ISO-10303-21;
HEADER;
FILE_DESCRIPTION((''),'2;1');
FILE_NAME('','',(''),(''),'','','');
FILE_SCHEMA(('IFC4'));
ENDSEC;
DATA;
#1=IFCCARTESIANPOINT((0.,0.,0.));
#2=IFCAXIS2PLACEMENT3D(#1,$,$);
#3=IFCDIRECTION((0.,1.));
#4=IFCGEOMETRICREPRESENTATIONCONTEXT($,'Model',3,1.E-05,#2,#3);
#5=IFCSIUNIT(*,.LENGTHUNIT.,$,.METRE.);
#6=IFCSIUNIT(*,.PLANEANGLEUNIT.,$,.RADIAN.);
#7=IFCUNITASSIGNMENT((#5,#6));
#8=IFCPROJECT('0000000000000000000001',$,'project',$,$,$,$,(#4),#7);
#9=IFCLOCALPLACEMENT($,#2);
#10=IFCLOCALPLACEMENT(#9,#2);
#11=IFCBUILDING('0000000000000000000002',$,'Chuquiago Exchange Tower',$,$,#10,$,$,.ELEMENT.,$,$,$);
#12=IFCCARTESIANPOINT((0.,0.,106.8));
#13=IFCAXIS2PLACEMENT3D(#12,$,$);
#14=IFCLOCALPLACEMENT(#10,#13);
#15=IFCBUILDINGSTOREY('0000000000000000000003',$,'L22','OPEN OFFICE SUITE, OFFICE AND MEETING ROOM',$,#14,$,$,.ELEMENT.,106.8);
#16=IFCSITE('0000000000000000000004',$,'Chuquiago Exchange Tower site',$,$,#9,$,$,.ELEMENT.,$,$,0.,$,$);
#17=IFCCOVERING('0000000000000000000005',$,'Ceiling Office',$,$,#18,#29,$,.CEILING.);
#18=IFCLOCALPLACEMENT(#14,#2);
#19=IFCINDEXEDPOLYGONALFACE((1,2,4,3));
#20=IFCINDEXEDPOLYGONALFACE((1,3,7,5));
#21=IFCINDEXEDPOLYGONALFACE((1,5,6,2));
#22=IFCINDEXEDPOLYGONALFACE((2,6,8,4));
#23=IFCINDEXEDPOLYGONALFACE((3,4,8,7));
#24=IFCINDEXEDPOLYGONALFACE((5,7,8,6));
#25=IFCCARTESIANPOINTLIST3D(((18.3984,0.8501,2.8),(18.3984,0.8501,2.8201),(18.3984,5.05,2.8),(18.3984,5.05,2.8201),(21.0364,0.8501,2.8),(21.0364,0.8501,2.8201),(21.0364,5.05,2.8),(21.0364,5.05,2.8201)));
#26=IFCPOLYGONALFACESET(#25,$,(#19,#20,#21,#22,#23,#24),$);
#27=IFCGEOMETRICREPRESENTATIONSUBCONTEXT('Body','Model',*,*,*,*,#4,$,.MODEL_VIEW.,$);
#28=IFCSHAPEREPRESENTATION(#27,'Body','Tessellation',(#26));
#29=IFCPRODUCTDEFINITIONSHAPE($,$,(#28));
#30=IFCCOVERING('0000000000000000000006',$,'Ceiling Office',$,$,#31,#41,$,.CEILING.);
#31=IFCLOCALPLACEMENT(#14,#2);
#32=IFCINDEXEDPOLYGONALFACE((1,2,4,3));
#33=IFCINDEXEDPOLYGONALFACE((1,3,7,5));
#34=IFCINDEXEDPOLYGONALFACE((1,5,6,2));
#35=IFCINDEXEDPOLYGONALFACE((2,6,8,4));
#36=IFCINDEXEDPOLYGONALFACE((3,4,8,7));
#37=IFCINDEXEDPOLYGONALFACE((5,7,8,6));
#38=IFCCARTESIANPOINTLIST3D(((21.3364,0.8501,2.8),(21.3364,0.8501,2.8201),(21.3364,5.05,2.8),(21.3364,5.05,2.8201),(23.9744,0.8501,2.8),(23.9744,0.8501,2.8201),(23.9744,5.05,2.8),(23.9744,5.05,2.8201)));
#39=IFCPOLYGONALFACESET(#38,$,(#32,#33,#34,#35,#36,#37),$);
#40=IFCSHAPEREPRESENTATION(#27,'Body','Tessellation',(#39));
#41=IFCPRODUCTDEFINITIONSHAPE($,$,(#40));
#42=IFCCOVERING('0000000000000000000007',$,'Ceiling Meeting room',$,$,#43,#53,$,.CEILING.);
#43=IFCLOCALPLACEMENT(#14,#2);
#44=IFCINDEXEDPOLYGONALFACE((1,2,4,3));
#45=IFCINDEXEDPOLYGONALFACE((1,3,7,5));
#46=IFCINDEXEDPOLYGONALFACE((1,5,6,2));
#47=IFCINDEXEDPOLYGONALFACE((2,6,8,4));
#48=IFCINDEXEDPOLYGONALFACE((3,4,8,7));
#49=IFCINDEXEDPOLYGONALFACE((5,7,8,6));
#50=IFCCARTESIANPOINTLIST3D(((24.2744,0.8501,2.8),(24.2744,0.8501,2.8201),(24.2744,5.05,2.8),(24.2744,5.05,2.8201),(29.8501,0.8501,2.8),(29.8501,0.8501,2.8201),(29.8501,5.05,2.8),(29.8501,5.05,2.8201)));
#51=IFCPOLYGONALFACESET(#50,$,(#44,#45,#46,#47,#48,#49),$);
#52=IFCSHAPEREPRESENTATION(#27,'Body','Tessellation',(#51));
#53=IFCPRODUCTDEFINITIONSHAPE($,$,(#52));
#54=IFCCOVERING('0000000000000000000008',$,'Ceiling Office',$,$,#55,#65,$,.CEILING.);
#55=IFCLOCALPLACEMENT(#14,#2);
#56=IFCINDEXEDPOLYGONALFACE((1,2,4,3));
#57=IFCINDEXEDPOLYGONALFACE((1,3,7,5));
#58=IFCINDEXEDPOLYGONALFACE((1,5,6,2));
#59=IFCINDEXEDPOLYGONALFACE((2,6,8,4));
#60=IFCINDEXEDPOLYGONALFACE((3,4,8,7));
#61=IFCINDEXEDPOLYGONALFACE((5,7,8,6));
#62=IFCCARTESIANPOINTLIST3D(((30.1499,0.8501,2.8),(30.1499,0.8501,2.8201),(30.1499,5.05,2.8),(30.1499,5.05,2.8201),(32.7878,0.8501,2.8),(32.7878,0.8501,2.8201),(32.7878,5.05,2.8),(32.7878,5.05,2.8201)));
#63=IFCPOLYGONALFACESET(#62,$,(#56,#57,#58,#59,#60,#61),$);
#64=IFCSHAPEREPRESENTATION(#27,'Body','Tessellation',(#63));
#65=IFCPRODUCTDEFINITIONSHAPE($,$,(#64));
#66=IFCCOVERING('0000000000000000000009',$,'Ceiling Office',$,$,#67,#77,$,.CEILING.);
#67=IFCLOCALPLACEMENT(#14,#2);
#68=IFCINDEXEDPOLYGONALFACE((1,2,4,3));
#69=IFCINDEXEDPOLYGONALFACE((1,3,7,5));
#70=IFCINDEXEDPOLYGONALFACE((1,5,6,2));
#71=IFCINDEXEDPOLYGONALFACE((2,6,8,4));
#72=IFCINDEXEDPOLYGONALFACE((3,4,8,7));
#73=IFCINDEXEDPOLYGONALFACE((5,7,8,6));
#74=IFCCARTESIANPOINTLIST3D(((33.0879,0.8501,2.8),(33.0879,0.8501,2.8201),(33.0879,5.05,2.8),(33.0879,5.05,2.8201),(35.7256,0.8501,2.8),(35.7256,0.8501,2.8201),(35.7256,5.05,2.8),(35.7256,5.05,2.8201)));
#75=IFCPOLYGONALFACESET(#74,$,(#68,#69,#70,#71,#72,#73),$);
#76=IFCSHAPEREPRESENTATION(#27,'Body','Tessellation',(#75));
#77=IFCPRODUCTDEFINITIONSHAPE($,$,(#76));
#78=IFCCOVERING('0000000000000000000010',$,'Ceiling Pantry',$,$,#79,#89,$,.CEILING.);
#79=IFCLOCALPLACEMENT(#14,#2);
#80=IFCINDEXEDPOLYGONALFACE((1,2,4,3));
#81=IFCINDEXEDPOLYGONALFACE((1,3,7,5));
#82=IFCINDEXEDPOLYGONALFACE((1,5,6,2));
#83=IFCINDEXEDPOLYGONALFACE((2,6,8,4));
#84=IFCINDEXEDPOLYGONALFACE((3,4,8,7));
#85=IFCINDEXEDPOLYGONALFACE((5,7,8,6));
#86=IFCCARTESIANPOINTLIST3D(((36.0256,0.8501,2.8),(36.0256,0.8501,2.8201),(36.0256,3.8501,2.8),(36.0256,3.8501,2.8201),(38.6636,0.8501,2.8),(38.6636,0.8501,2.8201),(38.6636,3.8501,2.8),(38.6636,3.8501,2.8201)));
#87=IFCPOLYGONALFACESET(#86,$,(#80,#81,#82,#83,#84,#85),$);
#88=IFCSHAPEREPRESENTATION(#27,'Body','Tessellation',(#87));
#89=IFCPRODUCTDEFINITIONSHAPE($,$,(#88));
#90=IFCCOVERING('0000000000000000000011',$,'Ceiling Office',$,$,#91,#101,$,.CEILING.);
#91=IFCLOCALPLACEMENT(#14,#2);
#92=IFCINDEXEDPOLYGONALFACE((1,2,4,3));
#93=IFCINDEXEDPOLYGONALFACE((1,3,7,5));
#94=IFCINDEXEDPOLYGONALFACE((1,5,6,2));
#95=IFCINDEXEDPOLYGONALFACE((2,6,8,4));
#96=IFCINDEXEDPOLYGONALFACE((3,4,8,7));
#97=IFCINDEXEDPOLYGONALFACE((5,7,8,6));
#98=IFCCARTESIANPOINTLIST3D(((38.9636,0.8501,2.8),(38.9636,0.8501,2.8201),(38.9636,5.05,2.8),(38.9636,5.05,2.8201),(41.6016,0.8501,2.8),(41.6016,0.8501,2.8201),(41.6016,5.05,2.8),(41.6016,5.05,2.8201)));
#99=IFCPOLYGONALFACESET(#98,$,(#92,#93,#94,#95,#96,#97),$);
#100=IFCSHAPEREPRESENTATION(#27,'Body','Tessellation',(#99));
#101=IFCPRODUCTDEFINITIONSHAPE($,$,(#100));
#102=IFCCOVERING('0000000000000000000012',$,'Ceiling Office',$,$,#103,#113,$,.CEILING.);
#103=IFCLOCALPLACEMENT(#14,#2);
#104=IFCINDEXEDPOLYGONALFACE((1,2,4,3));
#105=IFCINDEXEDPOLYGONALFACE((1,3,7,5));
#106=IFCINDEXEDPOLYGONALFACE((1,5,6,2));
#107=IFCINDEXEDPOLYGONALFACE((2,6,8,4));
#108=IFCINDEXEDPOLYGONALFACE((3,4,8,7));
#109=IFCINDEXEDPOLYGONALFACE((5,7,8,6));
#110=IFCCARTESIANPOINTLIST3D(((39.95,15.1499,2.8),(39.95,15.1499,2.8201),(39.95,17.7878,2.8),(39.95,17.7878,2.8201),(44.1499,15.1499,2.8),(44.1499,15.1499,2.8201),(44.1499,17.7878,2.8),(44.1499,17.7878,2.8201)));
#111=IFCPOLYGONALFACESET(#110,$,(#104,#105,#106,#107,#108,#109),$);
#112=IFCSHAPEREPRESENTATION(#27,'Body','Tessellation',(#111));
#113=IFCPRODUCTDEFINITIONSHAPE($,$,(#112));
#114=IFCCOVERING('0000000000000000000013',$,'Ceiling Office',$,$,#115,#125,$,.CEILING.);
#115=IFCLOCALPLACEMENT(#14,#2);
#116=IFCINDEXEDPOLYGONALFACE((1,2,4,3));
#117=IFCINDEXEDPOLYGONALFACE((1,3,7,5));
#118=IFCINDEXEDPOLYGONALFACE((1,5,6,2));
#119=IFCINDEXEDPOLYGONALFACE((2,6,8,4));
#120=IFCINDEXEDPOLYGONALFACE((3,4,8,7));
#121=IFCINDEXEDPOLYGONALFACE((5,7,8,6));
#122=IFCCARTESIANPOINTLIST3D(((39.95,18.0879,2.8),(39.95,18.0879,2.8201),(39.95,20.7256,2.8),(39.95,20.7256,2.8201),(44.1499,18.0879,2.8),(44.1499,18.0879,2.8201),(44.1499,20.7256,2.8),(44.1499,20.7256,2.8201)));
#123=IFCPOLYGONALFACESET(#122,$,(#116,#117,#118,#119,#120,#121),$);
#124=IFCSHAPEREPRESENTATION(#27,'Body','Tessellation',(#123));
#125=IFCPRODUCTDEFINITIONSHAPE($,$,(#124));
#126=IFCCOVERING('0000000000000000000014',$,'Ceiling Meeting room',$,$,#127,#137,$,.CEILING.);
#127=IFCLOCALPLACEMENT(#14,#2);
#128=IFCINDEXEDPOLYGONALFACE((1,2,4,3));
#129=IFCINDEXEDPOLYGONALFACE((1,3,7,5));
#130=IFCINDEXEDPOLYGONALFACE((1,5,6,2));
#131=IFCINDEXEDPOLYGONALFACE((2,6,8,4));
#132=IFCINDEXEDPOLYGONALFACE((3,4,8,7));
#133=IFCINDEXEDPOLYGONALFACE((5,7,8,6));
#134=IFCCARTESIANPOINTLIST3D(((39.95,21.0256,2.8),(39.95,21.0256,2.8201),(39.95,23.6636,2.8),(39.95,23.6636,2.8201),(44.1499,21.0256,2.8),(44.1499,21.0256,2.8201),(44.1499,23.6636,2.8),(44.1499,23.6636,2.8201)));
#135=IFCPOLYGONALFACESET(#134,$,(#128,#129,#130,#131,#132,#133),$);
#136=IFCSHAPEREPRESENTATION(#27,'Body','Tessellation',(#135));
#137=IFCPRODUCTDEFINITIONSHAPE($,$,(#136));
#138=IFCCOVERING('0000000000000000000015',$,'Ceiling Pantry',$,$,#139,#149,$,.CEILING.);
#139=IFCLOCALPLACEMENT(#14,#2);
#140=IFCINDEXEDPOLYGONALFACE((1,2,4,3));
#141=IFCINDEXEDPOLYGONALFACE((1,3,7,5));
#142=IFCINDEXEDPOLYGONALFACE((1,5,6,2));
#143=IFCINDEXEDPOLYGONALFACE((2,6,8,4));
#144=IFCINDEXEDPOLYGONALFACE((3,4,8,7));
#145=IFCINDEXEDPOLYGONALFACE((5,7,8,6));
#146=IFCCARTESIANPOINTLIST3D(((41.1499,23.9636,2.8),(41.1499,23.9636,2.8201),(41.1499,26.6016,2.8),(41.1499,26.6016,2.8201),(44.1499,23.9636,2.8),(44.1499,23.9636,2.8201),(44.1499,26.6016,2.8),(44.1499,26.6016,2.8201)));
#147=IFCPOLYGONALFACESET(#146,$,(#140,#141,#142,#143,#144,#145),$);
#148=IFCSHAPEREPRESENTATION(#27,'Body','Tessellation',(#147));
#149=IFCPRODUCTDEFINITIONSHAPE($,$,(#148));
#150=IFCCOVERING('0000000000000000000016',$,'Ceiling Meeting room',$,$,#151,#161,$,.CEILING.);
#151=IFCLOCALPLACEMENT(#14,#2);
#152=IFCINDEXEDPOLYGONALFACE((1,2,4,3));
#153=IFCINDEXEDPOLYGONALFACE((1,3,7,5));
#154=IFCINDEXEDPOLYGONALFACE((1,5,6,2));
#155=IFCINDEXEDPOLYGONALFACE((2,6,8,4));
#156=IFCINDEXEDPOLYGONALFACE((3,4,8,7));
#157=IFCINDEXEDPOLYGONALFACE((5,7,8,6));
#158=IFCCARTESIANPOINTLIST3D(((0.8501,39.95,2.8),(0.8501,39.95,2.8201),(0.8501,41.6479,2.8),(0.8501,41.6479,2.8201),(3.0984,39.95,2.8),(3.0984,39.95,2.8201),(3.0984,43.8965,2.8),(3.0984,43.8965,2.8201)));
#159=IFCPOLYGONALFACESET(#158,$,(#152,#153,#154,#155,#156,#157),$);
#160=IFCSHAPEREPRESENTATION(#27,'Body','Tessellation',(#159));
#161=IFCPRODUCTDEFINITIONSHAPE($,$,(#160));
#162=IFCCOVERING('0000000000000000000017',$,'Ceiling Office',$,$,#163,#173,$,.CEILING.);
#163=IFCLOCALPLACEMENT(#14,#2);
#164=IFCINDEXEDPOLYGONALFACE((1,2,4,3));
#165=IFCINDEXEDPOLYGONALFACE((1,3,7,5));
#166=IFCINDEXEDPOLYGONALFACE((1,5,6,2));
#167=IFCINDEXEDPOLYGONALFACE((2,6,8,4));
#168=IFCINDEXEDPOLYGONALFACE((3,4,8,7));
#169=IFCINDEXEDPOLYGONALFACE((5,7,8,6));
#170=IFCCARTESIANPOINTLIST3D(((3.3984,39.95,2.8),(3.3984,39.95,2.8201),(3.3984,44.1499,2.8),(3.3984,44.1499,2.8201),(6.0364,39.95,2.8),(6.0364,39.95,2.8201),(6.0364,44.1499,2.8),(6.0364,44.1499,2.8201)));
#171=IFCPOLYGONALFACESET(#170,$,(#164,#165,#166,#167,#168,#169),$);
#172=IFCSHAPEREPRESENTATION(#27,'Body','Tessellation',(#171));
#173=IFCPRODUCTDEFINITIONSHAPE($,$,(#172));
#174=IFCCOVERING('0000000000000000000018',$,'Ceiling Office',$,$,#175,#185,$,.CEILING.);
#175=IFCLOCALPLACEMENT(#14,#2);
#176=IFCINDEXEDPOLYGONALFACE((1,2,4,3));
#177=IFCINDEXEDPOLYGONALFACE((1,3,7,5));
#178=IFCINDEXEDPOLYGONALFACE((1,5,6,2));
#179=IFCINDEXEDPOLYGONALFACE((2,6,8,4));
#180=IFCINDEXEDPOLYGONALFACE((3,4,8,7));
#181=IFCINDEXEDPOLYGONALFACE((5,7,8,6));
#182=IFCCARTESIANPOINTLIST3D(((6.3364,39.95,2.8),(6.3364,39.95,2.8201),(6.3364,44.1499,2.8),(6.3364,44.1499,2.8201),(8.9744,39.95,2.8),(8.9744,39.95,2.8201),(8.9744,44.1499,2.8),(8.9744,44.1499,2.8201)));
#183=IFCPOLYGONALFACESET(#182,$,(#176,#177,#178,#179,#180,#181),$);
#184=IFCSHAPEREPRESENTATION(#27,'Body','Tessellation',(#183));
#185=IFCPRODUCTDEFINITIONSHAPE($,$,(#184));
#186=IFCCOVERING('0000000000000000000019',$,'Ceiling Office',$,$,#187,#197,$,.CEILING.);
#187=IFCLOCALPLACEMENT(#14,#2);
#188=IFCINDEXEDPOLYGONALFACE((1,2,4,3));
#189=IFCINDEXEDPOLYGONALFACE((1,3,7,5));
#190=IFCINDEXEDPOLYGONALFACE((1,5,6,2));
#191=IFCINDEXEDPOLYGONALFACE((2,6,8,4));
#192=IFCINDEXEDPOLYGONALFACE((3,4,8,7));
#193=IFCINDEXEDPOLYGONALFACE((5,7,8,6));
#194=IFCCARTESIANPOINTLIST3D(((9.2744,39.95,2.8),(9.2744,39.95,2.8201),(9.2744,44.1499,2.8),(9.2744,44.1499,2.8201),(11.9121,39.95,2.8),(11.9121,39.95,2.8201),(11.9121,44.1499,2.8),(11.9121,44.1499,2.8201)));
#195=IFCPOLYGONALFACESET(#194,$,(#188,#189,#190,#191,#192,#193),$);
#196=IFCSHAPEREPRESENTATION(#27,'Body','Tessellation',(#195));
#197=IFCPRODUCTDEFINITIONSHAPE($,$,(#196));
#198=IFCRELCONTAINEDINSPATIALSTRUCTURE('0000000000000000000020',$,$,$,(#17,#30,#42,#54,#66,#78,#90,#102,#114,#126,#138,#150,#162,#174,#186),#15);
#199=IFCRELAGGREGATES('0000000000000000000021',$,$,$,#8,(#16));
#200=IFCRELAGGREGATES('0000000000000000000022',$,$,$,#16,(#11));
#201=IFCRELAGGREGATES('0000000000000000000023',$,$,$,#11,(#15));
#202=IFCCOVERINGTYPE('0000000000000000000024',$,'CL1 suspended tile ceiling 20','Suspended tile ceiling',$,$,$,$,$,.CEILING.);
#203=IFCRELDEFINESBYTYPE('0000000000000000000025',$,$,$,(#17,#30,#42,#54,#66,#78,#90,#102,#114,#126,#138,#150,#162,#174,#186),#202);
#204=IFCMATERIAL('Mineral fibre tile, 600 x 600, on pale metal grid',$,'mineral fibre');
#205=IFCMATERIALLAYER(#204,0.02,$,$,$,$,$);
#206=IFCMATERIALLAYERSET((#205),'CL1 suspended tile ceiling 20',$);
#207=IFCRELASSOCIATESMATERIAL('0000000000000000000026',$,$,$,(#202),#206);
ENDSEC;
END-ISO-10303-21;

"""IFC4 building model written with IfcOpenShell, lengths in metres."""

from ifc_helpers import new_model, si_unit, direction, frame, origin, place, context, subcontext, project, spatial, polyline, outline, extrude, material, layer, layer_set, type_object, element, save


model = new_model("IFC4")

# Units and contexts
model_context = context("Model", 3, precision=1e-05, world=origin(), true_north=direction((0.0, 1.0)))
body_context = subcontext(model_context, "Body", "Model", "MODEL_VIEW")
ifc_project = project(units=[si_unit("LENGTHUNIT", "METRE"), si_unit("PLANEANGLEUNIT", "RADIAN")], contexts=[model_context])

# Site, building, storey
site_placement = place(None, origin())
site = spatial("IfcSite", under=ifc_project, at=site_placement, Name="Chuquiago Exchange Tower site", CompositionType="ELEMENT", RefElevation=0.0)
building_placement = place(site_placement, origin())
building = spatial("IfcBuilding", under=site, at=building_placement, Name="Chuquiago Exchange Tower", CompositionType="ELEMENT")
storey_placement = place(building_placement, frame((0.0, 0.0, 106.8)))
storey = spatial("IfcBuildingStorey", under=building, at=storey_placement, Name="L22", Description="OPEN OFFICE SUITE, OFFICE AND MEETING ROOM", CompositionType="ELEMENT", Elevation=106.8)

# Coverings
ifc_material_1 = material(Name="Mineral fibre tile, 600 x 600, on pale metal grid", Category="mineral fibre")
ifc_layer_1 = layer(ifc_material_1, 0.02)
ifc_layer_set_1 = layer_set([ifc_layer_1], Name="CL1 suspended tile ceiling 20")
covering_type_1 = type_object("IfcCoveringType", Name="CL1 suspended tile ceiling 20", Description="Suspended tile ceiling", PredefinedType="CEILING", material=ifc_layer_set_1)
covering_1_placement = place(storey_placement, frame((0.0, 0.0, 2.8)))
element("IfcCovering", 1, at=covering_1_placement, inside=storey, type_object=covering_type_1, Name="Ceiling Office", PredefinedType="CEILING", context=body_context, shape_type="SweptSolid", body=[
    extrude(outline(polyline([(18.3984, 5.05), (21.0364, 5.05), (21.0364, 0.8501), (18.3984, 0.8501), (18.3984, 5.05)])), origin(), (0.0, 0.0, 1.0), 0.02),
])
covering_2_placement = place(storey_placement, frame((0.0, 0.0, 2.8)))
element("IfcCovering", 2, at=covering_2_placement, inside=storey, type_object=covering_type_1, Name="Ceiling Office", PredefinedType="CEILING", context=body_context, shape_type="SweptSolid", body=[
    extrude(outline(polyline([(21.3364, 5.05), (23.9744, 5.05), (23.9744, 0.8501), (21.3364, 0.8501), (21.3364, 5.05)])), origin(), (0.0, 0.0, 1.0), 0.02),
])
covering_3_placement = place(storey_placement, frame((0.0, 0.0, 2.8)))
element("IfcCovering", 3, at=covering_3_placement, inside=storey, type_object=covering_type_1, Name="Ceiling Meeting room", PredefinedType="CEILING", context=body_context, shape_type="SweptSolid", body=[
    extrude(outline(polyline([(24.2744, 5.05), (29.8501, 5.05), (29.8501, 0.8501), (24.2744, 0.8501), (24.2744, 5.05)])), origin(), (0.0, 0.0, 1.0), 0.02),
])
covering_4_placement = place(storey_placement, frame((0.0, 0.0, 2.8)))
element("IfcCovering", 4, at=covering_4_placement, inside=storey, type_object=covering_type_1, Name="Ceiling Office", PredefinedType="CEILING", context=body_context, shape_type="SweptSolid", body=[
    extrude(outline(polyline([(30.1499, 5.05), (32.7878, 5.05), (32.7878, 0.8501), (30.1499, 0.8501), (30.1499, 5.05)])), origin(), (0.0, 0.0, 1.0), 0.02),
])
covering_5_placement = place(storey_placement, frame((0.0, 0.0, 2.8)))
element("IfcCovering", 5, at=covering_5_placement, inside=storey, type_object=covering_type_1, Name="Ceiling Office", PredefinedType="CEILING", context=body_context, shape_type="SweptSolid", body=[
    extrude(outline(polyline([(33.0879, 5.05), (35.7256, 5.05), (35.7256, 0.8501), (33.0879, 0.8501), (33.0879, 5.05)])), origin(), (0.0, 0.0, 1.0), 0.02),
])
covering_6_placement = place(storey_placement, frame((0.0, 0.0, 2.8)))
element("IfcCovering", 6, at=covering_6_placement, inside=storey, type_object=covering_type_1, Name="Ceiling Pantry", PredefinedType="CEILING", context=body_context, shape_type="SweptSolid", body=[
    extrude(outline(polyline([(36.0256, 3.8501), (38.6636, 3.8501), (38.6636, 0.8501), (36.0256, 0.8501), (36.0256, 3.8501)])), origin(), (0.0, 0.0, 1.0), 0.02),
])
covering_7_placement = place(storey_placement, frame((0.0, 0.0, 2.8)))
element("IfcCovering", 7, at=covering_7_placement, inside=storey, type_object=covering_type_1, Name="Ceiling Office", PredefinedType="CEILING", context=body_context, shape_type="SweptSolid", body=[
    extrude(outline(polyline([(38.9636, 0.8501), (38.9636, 5.05), (41.6016, 5.05), (41.6016, 0.8501), (38.9636, 0.8501)])), origin(), (0.0, 0.0, 1.0), 0.02),
])
covering_8_placement = place(storey_placement, frame((0.0, 0.0, 2.8)))
element("IfcCovering", 8, at=covering_8_placement, inside=storey, type_object=covering_type_1, Name="Ceiling Office", PredefinedType="CEILING", context=body_context, shape_type="SweptSolid", body=[
    extrude(outline(polyline([(39.95, 15.1499), (39.95, 17.7878), (44.1499, 17.7878), (44.1499, 15.1499), (39.95, 15.1499)])), origin(), (0.0, 0.0, 1.0), 0.02),
])
covering_9_placement = place(storey_placement, frame((0.0, 0.0, 2.8)))
element("IfcCovering", 9, at=covering_9_placement, inside=storey, type_object=covering_type_1, Name="Ceiling Office", PredefinedType="CEILING", context=body_context, shape_type="SweptSolid", body=[
    extrude(outline(polyline([(39.95, 18.0879), (39.95, 20.7256), (44.1499, 20.7256), (44.1499, 18.0879), (39.95, 18.0879)])), origin(), (0.0, 0.0, 1.0), 0.02),
])
covering_10_placement = place(storey_placement, frame((0.0, 0.0, 2.8)))
element("IfcCovering", 10, at=covering_10_placement, inside=storey, type_object=covering_type_1, Name="Ceiling Meeting room", PredefinedType="CEILING", context=body_context, shape_type="SweptSolid", body=[
    extrude(outline(polyline([(39.95, 21.0256), (39.95, 23.6636), (44.1499, 23.6636), (44.1499, 21.0256), (39.95, 21.0256)])), origin(), (0.0, 0.0, 1.0), 0.02),
])
covering_11_placement = place(storey_placement, frame((0.0, 0.0, 2.8)))
element("IfcCovering", 11, at=covering_11_placement, inside=storey, type_object=covering_type_1, Name="Ceiling Pantry", PredefinedType="CEILING", context=body_context, shape_type="SweptSolid", body=[
    extrude(outline(polyline([(44.1499, 23.9636), (41.1499, 23.9636), (41.1499, 26.6016), (44.1499, 26.6016), (44.1499, 23.9636)])), origin(), (0.0, 0.0, 1.0), 0.02),
])
covering_12_placement = place(storey_placement, frame((0.0, 0.0, 2.8)))
element("IfcCovering", 12, at=covering_12_placement, inside=storey, type_object=covering_type_1, Name="Ceiling Meeting room", PredefinedType="CEILING", context=body_context, shape_type="SweptSolid", body=[
    extrude(outline(polyline([(3.0984, 43.8965), (3.0984, 39.95), (0.8501, 39.95), (0.8501, 41.6479), (3.0984, 43.8965)])), origin(), (0.0, 0.0, 1.0), 0.02),
])
covering_13_placement = place(storey_placement, frame((0.0, 0.0, 2.8)))
element("IfcCovering", 13, at=covering_13_placement, inside=storey, type_object=covering_type_1, Name="Ceiling Office", PredefinedType="CEILING", context=body_context, shape_type="SweptSolid", body=[
    extrude(outline(polyline([(6.0364, 44.1499), (6.0364, 39.95), (3.3984, 39.95), (3.3984, 44.1499), (6.0364, 44.1499)])), origin(), (0.0, 0.0, 1.0), 0.02),
])
covering_14_placement = place(storey_placement, frame((0.0, 0.0, 2.8)))
element("IfcCovering", 14, at=covering_14_placement, inside=storey, type_object=covering_type_1, Name="Ceiling Office", PredefinedType="CEILING", context=body_context, shape_type="SweptSolid", body=[
    extrude(outline(polyline([(8.9744, 39.95), (6.3364, 39.95), (6.3364, 44.1499), (8.9744, 44.1499), (8.9744, 39.95)])), origin(), (0.0, 0.0, 1.0), 0.02),
])
covering_15_placement = place(storey_placement, frame((0.0, 0.0, 2.8)))
element("IfcCovering", 15, at=covering_15_placement, inside=storey, type_object=covering_type_1, Name="Ceiling Office", PredefinedType="CEILING", context=body_context, shape_type="SweptSolid", body=[
    extrude(outline(polyline([(11.9121, 39.95), (9.2744, 39.95), (9.2744, 44.1499), (11.9121, 44.1499), (11.9121, 39.95)])), origin(), (0.0, 0.0, 1.0), 0.02),
])

save(model, "model.ifc")
